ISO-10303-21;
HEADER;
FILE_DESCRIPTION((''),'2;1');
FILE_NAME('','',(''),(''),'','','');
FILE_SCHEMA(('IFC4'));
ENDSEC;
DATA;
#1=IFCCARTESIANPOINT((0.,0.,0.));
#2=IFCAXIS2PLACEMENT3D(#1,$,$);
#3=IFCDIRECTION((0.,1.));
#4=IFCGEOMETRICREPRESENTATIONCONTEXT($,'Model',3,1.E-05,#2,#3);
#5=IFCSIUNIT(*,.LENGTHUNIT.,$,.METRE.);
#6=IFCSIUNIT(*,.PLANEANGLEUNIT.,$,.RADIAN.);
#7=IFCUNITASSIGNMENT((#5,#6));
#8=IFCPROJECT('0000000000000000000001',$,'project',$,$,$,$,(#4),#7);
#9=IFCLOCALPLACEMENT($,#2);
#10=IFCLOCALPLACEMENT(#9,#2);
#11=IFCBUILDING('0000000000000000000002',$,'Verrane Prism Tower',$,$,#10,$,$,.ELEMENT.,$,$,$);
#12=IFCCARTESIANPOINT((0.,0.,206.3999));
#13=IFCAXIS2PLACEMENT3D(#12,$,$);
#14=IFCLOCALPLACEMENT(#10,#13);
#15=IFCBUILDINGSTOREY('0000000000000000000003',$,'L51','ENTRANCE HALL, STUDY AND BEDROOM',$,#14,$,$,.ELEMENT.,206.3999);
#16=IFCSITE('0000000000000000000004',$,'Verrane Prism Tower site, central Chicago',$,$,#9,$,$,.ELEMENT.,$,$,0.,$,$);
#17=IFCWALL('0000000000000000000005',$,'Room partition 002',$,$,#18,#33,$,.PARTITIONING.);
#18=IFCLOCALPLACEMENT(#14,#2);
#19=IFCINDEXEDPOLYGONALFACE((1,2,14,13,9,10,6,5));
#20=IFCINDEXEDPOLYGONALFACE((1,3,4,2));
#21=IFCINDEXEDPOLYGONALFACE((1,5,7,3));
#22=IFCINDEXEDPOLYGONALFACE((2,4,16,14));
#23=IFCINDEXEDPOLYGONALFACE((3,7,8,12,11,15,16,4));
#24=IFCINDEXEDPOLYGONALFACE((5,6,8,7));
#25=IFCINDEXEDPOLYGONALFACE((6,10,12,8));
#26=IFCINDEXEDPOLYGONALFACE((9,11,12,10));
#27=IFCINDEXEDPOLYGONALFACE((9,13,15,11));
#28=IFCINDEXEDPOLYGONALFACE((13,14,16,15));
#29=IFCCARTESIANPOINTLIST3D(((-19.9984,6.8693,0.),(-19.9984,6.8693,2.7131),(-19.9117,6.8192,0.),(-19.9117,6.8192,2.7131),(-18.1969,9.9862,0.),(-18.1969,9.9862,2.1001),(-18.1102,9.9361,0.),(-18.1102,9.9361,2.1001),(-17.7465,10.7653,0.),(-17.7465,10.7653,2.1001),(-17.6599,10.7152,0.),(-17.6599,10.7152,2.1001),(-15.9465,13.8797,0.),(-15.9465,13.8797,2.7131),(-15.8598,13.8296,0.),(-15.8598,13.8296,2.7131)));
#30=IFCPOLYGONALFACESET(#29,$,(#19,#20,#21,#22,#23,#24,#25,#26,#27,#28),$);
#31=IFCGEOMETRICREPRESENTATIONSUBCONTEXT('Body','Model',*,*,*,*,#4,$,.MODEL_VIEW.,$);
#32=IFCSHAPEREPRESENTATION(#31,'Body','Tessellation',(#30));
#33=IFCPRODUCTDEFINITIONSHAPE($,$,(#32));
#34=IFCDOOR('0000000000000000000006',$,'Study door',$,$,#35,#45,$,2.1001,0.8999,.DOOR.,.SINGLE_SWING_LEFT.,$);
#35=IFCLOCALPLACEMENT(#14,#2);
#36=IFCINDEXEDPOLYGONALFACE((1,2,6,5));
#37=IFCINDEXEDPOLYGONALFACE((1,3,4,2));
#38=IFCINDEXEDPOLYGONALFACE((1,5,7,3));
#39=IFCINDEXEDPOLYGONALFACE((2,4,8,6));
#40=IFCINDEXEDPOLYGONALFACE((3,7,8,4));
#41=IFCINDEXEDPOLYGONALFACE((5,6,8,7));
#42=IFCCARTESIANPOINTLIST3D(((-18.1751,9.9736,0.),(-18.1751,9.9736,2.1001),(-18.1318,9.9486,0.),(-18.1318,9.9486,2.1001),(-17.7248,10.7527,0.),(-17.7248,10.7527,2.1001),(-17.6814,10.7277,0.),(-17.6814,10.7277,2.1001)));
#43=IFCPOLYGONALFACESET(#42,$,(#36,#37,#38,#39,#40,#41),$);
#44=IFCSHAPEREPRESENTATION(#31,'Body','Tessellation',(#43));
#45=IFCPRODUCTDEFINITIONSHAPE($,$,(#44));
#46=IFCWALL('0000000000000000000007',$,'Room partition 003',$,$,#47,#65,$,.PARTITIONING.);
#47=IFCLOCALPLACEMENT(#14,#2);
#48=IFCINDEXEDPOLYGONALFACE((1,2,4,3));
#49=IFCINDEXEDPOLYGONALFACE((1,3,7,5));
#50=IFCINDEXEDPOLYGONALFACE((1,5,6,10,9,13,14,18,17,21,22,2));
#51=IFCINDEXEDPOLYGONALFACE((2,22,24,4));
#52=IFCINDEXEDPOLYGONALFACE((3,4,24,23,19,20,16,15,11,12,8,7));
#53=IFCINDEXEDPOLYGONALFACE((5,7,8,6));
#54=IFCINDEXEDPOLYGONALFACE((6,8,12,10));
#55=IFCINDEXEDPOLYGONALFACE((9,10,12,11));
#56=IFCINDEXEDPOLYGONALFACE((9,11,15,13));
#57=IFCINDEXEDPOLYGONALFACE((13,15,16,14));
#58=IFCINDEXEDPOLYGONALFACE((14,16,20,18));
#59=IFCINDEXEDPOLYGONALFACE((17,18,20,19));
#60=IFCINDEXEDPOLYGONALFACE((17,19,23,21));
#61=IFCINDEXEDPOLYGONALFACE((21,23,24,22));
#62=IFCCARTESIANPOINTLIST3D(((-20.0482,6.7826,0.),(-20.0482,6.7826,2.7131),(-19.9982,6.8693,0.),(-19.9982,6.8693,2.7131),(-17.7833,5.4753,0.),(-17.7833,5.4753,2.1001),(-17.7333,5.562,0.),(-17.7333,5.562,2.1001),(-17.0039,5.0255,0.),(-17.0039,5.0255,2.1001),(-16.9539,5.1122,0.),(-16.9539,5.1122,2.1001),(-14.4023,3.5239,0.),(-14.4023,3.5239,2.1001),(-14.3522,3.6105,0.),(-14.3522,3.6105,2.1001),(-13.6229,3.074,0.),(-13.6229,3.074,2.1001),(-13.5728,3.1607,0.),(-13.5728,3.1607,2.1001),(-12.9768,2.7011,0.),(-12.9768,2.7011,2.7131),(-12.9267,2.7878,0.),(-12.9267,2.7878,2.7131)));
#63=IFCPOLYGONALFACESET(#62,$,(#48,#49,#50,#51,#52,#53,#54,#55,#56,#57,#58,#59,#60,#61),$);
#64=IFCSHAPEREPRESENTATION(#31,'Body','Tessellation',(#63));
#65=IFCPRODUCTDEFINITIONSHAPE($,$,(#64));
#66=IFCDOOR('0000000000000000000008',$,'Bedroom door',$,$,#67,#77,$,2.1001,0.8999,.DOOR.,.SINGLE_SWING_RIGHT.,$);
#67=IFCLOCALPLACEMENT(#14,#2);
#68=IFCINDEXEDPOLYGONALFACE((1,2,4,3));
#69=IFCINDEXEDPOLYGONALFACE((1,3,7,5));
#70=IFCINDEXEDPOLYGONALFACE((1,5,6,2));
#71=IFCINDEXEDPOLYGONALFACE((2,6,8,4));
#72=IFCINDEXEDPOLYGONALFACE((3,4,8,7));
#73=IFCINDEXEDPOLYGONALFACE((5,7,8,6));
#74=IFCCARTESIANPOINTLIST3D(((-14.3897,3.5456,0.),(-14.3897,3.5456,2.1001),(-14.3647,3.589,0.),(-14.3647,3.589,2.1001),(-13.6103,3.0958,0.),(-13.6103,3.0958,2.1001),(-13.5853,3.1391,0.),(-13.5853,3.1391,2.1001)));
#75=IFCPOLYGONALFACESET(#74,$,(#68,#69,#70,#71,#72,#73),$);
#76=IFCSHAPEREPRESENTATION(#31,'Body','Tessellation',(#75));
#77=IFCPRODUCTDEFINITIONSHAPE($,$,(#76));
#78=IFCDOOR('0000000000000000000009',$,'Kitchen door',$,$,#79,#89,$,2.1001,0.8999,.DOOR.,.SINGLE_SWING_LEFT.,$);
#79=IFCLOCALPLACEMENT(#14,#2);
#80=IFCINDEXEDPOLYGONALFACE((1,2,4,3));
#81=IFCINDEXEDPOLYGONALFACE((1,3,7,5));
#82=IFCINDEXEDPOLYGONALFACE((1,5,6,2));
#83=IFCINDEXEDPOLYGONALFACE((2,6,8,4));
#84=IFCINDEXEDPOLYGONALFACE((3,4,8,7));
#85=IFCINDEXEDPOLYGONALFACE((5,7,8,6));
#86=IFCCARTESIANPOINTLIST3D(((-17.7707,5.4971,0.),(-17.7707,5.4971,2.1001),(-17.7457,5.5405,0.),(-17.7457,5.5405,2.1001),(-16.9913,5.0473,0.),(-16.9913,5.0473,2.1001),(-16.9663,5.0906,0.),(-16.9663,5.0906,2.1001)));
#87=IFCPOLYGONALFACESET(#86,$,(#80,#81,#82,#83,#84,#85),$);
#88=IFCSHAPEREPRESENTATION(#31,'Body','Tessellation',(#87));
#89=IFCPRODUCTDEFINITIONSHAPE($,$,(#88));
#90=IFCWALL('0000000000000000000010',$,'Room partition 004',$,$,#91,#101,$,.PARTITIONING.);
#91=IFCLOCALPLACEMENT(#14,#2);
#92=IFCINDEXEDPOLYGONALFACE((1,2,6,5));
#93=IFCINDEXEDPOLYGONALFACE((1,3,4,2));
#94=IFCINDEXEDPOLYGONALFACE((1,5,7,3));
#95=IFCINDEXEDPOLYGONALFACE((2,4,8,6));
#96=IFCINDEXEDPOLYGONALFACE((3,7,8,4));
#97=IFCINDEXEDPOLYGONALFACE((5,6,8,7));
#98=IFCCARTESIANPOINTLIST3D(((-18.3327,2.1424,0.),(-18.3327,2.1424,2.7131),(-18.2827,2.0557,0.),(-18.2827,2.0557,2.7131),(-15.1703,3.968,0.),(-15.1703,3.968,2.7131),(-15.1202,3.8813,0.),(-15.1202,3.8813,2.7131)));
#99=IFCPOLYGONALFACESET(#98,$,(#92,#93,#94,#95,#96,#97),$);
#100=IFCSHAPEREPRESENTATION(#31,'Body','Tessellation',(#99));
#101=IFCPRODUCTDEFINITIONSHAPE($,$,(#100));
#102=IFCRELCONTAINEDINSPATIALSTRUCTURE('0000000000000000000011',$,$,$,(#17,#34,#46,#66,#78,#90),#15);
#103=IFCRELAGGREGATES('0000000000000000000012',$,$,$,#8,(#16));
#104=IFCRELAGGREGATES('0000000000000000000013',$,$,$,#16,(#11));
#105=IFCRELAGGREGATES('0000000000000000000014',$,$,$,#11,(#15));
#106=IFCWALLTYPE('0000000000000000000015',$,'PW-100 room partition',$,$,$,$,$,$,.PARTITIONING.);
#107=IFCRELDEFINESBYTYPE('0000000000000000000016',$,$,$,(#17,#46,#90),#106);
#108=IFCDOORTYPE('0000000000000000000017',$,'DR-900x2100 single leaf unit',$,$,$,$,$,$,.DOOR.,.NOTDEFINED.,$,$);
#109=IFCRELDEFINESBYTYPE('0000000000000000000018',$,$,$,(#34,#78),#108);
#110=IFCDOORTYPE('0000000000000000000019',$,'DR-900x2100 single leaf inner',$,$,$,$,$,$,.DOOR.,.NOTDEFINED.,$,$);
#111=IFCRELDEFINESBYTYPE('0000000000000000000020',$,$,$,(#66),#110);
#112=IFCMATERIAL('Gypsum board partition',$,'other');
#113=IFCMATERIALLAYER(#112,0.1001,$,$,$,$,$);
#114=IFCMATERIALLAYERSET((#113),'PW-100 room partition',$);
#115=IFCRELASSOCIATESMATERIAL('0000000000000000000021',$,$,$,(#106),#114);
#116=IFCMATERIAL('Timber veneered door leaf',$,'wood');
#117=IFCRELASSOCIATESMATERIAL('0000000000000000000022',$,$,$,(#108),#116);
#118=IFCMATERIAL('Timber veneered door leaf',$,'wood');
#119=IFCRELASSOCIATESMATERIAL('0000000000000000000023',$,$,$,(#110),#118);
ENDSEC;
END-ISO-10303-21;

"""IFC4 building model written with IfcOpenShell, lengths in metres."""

from ifc_helpers import new_model, si_unit, direction, frame, frame_2d, origin, place, context, subcontext, project, spatial, rectangle, extrude, material, layer, layer_set, type_object, element, fill, save


model = new_model("IFC4")

# Units and contexts
model_context = context("Model", 3, precision=1e-05, world=origin(), true_north=direction((0.0, 1.0)))
body_context = subcontext(model_context, "Body", "Model", "MODEL_VIEW")
ifc_project = project(units=[si_unit("LENGTHUNIT", "METRE"), si_unit("PLANEANGLEUNIT", "RADIAN")], contexts=[model_context])

# Site, building, storey
site_placement = place(None, origin())
site = spatial("IfcSite", under=ifc_project, at=site_placement, Name="Verrane Prism Tower site, central Chicago", CompositionType="ELEMENT", RefElevation=0.0)
building_placement = place(site_placement, origin())
building = spatial("IfcBuilding", under=site, at=building_placement, Name="Verrane Prism Tower", CompositionType="ELEMENT")
storey_placement = place(building_placement, frame((0.0, 0.0, 206.3999)))
storey = spatial("IfcBuildingStorey", under=building, at=storey_placement, Name="L51", Description="ENTRANCE HALL, STUDY AND BEDROOM", CompositionType="ELEMENT", Elevation=206.3999)

# Shared definitions
ifc_material_1 = material(Name="Gypsum board partition", Category="other")
ifc_layer_1 = layer(ifc_material_1, 0.1001)
ifc_layer_set_1 = layer_set([ifc_layer_1], Name="PW-100 room partition")
wall_type_1 = type_object("IfcWallType", Name="PW-100 room partition", PredefinedType="PARTITIONING", material=ifc_layer_set_1)

# Wall, opening, door
wall_1_placement = place(storey_placement, frame((-19.9551, 6.8442, 0.0), z_axis=(0.0, 0.0, 1.0), x_axis=(0.500416, 0.865785, 0.0)))
wall_1 = element("IfcWall", 1, at=wall_1_placement, inside=storey, type_object=wall_type_1, Name="Room partition 002", PredefinedType="PARTITIONING", context=body_context, shape_type="SweptSolid", body=[
    extrude(rectangle(XDim=8.0972, YDim=0.1001, at=frame_2d((4.0486, 0.0))), origin(), (0.0, 0.0, 1.0), 2.7131),
])
opening_1_placement = place(wall_1_placement, frame((3.6001, 0.0, 0.0)))
opening_1 = element("IfcOpeningElement", 2, at=opening_1_placement, cuts=wall_1, PredefinedType="OPENING", context=body_context, shape_type="SweptSolid", body=[
    extrude(rectangle(XDim=0.8999, YDim=2.1001, at=frame_2d((0.45, 1.05))), frame((0.0, 0.0601, 0.0), z_axis=(0.0, -1.0, 0.0), x_axis=(1.0, 0.0, 0.0)), (0.0, 0.0, 1.0), 0.1201),
])
ifc_material_2 = material(Name="Timber veneered door leaf", Category="wood")
door_type_1 = type_object("IfcDoorType", Name="DR-900x2100 single leaf unit", OperationType="NOTDEFINED", PredefinedType="DOOR", material=ifc_material_2)
door_1_placement = place(opening_1_placement, origin())
door_1 = element("IfcDoor", 3, at=door_1_placement, inside=storey, type_object=door_type_1, Name="Study door", OperationType="SINGLE_SWING_LEFT", OverallHeight=2.1001, OverallWidth=0.8999, PredefinedType="DOOR", context=body_context, shape_type="SweptSolid", body=[
    extrude(rectangle(XDim=0.8999, YDim=2.1001, at=frame_2d((0.45, 1.05))), frame((0.0, 0.0249, 0.0), z_axis=(0.0, -1.0, 0.0), x_axis=(1.0, 0.0, 0.0)), (0.0, 0.0, 1.0), 0.05),
])
fill(opening_1, door_1)

# Wall, openings, doors
wall_2_placement = place(storey_placement, frame((-12.9517, 2.7444, 0.0), z_axis=(0.0, 0.0, 1.0), x_axis=(-0.866089, 0.499889, 0.0)))
wall_2 = element("IfcWall", 4, at=wall_2_placement, inside=storey, type_object=wall_type_1, Name="Room partition 003", PredefinedType="PARTITIONING", context=body_context, shape_type="SweptSolid", body=[
    extrude(rectangle(XDim=8.1648, YDim=0.1001, at=frame_2d((4.0825, 0.0))), origin(), (0.0, 0.0, 1.0), 2.7131),
])
opening_2_placement = place(wall_2_placement, frame((4.6499, 0.0, 0.0)))
opening_2 = element("IfcOpeningElement", 5, at=opening_2_placement, cuts=wall_2, PredefinedType="OPENING", context=body_context, shape_type="SweptSolid", body=[
    extrude(rectangle(XDim=0.8999, YDim=2.1001, at=frame_2d((0.45, 1.05))), frame((0.0, 0.0601, 0.0), z_axis=(0.0, -1.0, 0.0), x_axis=(1.0, 0.0, 0.0)), (0.0, 0.0, 1.0), 0.1201),
])
opening_3_placement = place(wall_2_placement, frame((0.7461, 0.0, 0.0)))
opening_3 = element("IfcOpeningElement", 6, at=opening_3_placement, cuts=wall_2, PredefinedType="OPENING", context=body_context, shape_type="SweptSolid", body=[
    extrude(rectangle(XDim=0.8999, YDim=2.1001, at=frame_2d((0.45, 1.05))), frame((0.0, 0.0601, 0.0), z_axis=(0.0, -1.0, 0.0), x_axis=(1.0, 0.0, 0.0)), (0.0, 0.0, 1.0), 0.1201),
])
ifc_material_3 = material(Name="Timber veneered door leaf", Category="wood")
door_type_2 = type_object("IfcDoorType", Name="DR-900x2100 single leaf inner", OperationType="NOTDEFINED", PredefinedType="DOOR", material=ifc_material_3)
door_2_placement = place(opening_3_placement, origin())
door_2 = element("IfcDoor", 7, at=door_2_placement, inside=storey, type_object=door_type_2, Name="Bedroom door", OperationType="SINGLE_SWING_RIGHT", OverallHeight=2.1001, OverallWidth=0.8999, PredefinedType="DOOR", context=body_context, shape_type="SweptSolid", body=[
    extrude(rectangle(XDim=0.8999, YDim=2.1001, at=frame_2d((0.45, 1.05))), frame((0.0, 0.0249, 0.0), z_axis=(0.0, -1.0, 0.0), x_axis=(1.0, 0.0, 0.0)), (0.0, 0.0, 1.0), 0.05),
])
fill(opening_3, door_2)
door_3_placement = place(opening_2_placement, origin())
door_3 = element("IfcDoor", 8, at=door_3_placement, inside=storey, type_object=door_type_1, Name="Kitchen door", OperationType="SINGLE_SWING_LEFT", OverallHeight=2.1001, OverallWidth=0.8999, PredefinedType="DOOR", context=body_context, shape_type="SweptSolid", body=[
    extrude(rectangle(XDim=0.8999, YDim=2.1001, at=frame_2d((0.45, 1.05))), frame((0.0, 0.0249, 0.0), z_axis=(0.0, -1.0, 0.0), x_axis=(1.0, 0.0, 0.0)), (0.0, 0.0, 1.0), 0.05),
])
fill(opening_2, door_3)

# Wall
wall_3_placement = place(storey_placement, frame((-18.3076, 2.0991, 0.0), z_axis=(0.0, 0.0, 1.0), x_axis=(0.866054, 0.49995, 0.0)))
element("IfcWall", 9, at=wall_3_placement, inside=storey, type_object=wall_type_1, Name="Room partition 004", PredefinedType="PARTITIONING", context=body_context, shape_type="SweptSolid", body=[
    extrude(rectangle(XDim=3.6516, YDim=0.1001, at=frame_2d((1.8257, 0.0))), origin(), (0.0, 0.0, 1.0), 2.7131),
])

save(model, "model.ifc")
